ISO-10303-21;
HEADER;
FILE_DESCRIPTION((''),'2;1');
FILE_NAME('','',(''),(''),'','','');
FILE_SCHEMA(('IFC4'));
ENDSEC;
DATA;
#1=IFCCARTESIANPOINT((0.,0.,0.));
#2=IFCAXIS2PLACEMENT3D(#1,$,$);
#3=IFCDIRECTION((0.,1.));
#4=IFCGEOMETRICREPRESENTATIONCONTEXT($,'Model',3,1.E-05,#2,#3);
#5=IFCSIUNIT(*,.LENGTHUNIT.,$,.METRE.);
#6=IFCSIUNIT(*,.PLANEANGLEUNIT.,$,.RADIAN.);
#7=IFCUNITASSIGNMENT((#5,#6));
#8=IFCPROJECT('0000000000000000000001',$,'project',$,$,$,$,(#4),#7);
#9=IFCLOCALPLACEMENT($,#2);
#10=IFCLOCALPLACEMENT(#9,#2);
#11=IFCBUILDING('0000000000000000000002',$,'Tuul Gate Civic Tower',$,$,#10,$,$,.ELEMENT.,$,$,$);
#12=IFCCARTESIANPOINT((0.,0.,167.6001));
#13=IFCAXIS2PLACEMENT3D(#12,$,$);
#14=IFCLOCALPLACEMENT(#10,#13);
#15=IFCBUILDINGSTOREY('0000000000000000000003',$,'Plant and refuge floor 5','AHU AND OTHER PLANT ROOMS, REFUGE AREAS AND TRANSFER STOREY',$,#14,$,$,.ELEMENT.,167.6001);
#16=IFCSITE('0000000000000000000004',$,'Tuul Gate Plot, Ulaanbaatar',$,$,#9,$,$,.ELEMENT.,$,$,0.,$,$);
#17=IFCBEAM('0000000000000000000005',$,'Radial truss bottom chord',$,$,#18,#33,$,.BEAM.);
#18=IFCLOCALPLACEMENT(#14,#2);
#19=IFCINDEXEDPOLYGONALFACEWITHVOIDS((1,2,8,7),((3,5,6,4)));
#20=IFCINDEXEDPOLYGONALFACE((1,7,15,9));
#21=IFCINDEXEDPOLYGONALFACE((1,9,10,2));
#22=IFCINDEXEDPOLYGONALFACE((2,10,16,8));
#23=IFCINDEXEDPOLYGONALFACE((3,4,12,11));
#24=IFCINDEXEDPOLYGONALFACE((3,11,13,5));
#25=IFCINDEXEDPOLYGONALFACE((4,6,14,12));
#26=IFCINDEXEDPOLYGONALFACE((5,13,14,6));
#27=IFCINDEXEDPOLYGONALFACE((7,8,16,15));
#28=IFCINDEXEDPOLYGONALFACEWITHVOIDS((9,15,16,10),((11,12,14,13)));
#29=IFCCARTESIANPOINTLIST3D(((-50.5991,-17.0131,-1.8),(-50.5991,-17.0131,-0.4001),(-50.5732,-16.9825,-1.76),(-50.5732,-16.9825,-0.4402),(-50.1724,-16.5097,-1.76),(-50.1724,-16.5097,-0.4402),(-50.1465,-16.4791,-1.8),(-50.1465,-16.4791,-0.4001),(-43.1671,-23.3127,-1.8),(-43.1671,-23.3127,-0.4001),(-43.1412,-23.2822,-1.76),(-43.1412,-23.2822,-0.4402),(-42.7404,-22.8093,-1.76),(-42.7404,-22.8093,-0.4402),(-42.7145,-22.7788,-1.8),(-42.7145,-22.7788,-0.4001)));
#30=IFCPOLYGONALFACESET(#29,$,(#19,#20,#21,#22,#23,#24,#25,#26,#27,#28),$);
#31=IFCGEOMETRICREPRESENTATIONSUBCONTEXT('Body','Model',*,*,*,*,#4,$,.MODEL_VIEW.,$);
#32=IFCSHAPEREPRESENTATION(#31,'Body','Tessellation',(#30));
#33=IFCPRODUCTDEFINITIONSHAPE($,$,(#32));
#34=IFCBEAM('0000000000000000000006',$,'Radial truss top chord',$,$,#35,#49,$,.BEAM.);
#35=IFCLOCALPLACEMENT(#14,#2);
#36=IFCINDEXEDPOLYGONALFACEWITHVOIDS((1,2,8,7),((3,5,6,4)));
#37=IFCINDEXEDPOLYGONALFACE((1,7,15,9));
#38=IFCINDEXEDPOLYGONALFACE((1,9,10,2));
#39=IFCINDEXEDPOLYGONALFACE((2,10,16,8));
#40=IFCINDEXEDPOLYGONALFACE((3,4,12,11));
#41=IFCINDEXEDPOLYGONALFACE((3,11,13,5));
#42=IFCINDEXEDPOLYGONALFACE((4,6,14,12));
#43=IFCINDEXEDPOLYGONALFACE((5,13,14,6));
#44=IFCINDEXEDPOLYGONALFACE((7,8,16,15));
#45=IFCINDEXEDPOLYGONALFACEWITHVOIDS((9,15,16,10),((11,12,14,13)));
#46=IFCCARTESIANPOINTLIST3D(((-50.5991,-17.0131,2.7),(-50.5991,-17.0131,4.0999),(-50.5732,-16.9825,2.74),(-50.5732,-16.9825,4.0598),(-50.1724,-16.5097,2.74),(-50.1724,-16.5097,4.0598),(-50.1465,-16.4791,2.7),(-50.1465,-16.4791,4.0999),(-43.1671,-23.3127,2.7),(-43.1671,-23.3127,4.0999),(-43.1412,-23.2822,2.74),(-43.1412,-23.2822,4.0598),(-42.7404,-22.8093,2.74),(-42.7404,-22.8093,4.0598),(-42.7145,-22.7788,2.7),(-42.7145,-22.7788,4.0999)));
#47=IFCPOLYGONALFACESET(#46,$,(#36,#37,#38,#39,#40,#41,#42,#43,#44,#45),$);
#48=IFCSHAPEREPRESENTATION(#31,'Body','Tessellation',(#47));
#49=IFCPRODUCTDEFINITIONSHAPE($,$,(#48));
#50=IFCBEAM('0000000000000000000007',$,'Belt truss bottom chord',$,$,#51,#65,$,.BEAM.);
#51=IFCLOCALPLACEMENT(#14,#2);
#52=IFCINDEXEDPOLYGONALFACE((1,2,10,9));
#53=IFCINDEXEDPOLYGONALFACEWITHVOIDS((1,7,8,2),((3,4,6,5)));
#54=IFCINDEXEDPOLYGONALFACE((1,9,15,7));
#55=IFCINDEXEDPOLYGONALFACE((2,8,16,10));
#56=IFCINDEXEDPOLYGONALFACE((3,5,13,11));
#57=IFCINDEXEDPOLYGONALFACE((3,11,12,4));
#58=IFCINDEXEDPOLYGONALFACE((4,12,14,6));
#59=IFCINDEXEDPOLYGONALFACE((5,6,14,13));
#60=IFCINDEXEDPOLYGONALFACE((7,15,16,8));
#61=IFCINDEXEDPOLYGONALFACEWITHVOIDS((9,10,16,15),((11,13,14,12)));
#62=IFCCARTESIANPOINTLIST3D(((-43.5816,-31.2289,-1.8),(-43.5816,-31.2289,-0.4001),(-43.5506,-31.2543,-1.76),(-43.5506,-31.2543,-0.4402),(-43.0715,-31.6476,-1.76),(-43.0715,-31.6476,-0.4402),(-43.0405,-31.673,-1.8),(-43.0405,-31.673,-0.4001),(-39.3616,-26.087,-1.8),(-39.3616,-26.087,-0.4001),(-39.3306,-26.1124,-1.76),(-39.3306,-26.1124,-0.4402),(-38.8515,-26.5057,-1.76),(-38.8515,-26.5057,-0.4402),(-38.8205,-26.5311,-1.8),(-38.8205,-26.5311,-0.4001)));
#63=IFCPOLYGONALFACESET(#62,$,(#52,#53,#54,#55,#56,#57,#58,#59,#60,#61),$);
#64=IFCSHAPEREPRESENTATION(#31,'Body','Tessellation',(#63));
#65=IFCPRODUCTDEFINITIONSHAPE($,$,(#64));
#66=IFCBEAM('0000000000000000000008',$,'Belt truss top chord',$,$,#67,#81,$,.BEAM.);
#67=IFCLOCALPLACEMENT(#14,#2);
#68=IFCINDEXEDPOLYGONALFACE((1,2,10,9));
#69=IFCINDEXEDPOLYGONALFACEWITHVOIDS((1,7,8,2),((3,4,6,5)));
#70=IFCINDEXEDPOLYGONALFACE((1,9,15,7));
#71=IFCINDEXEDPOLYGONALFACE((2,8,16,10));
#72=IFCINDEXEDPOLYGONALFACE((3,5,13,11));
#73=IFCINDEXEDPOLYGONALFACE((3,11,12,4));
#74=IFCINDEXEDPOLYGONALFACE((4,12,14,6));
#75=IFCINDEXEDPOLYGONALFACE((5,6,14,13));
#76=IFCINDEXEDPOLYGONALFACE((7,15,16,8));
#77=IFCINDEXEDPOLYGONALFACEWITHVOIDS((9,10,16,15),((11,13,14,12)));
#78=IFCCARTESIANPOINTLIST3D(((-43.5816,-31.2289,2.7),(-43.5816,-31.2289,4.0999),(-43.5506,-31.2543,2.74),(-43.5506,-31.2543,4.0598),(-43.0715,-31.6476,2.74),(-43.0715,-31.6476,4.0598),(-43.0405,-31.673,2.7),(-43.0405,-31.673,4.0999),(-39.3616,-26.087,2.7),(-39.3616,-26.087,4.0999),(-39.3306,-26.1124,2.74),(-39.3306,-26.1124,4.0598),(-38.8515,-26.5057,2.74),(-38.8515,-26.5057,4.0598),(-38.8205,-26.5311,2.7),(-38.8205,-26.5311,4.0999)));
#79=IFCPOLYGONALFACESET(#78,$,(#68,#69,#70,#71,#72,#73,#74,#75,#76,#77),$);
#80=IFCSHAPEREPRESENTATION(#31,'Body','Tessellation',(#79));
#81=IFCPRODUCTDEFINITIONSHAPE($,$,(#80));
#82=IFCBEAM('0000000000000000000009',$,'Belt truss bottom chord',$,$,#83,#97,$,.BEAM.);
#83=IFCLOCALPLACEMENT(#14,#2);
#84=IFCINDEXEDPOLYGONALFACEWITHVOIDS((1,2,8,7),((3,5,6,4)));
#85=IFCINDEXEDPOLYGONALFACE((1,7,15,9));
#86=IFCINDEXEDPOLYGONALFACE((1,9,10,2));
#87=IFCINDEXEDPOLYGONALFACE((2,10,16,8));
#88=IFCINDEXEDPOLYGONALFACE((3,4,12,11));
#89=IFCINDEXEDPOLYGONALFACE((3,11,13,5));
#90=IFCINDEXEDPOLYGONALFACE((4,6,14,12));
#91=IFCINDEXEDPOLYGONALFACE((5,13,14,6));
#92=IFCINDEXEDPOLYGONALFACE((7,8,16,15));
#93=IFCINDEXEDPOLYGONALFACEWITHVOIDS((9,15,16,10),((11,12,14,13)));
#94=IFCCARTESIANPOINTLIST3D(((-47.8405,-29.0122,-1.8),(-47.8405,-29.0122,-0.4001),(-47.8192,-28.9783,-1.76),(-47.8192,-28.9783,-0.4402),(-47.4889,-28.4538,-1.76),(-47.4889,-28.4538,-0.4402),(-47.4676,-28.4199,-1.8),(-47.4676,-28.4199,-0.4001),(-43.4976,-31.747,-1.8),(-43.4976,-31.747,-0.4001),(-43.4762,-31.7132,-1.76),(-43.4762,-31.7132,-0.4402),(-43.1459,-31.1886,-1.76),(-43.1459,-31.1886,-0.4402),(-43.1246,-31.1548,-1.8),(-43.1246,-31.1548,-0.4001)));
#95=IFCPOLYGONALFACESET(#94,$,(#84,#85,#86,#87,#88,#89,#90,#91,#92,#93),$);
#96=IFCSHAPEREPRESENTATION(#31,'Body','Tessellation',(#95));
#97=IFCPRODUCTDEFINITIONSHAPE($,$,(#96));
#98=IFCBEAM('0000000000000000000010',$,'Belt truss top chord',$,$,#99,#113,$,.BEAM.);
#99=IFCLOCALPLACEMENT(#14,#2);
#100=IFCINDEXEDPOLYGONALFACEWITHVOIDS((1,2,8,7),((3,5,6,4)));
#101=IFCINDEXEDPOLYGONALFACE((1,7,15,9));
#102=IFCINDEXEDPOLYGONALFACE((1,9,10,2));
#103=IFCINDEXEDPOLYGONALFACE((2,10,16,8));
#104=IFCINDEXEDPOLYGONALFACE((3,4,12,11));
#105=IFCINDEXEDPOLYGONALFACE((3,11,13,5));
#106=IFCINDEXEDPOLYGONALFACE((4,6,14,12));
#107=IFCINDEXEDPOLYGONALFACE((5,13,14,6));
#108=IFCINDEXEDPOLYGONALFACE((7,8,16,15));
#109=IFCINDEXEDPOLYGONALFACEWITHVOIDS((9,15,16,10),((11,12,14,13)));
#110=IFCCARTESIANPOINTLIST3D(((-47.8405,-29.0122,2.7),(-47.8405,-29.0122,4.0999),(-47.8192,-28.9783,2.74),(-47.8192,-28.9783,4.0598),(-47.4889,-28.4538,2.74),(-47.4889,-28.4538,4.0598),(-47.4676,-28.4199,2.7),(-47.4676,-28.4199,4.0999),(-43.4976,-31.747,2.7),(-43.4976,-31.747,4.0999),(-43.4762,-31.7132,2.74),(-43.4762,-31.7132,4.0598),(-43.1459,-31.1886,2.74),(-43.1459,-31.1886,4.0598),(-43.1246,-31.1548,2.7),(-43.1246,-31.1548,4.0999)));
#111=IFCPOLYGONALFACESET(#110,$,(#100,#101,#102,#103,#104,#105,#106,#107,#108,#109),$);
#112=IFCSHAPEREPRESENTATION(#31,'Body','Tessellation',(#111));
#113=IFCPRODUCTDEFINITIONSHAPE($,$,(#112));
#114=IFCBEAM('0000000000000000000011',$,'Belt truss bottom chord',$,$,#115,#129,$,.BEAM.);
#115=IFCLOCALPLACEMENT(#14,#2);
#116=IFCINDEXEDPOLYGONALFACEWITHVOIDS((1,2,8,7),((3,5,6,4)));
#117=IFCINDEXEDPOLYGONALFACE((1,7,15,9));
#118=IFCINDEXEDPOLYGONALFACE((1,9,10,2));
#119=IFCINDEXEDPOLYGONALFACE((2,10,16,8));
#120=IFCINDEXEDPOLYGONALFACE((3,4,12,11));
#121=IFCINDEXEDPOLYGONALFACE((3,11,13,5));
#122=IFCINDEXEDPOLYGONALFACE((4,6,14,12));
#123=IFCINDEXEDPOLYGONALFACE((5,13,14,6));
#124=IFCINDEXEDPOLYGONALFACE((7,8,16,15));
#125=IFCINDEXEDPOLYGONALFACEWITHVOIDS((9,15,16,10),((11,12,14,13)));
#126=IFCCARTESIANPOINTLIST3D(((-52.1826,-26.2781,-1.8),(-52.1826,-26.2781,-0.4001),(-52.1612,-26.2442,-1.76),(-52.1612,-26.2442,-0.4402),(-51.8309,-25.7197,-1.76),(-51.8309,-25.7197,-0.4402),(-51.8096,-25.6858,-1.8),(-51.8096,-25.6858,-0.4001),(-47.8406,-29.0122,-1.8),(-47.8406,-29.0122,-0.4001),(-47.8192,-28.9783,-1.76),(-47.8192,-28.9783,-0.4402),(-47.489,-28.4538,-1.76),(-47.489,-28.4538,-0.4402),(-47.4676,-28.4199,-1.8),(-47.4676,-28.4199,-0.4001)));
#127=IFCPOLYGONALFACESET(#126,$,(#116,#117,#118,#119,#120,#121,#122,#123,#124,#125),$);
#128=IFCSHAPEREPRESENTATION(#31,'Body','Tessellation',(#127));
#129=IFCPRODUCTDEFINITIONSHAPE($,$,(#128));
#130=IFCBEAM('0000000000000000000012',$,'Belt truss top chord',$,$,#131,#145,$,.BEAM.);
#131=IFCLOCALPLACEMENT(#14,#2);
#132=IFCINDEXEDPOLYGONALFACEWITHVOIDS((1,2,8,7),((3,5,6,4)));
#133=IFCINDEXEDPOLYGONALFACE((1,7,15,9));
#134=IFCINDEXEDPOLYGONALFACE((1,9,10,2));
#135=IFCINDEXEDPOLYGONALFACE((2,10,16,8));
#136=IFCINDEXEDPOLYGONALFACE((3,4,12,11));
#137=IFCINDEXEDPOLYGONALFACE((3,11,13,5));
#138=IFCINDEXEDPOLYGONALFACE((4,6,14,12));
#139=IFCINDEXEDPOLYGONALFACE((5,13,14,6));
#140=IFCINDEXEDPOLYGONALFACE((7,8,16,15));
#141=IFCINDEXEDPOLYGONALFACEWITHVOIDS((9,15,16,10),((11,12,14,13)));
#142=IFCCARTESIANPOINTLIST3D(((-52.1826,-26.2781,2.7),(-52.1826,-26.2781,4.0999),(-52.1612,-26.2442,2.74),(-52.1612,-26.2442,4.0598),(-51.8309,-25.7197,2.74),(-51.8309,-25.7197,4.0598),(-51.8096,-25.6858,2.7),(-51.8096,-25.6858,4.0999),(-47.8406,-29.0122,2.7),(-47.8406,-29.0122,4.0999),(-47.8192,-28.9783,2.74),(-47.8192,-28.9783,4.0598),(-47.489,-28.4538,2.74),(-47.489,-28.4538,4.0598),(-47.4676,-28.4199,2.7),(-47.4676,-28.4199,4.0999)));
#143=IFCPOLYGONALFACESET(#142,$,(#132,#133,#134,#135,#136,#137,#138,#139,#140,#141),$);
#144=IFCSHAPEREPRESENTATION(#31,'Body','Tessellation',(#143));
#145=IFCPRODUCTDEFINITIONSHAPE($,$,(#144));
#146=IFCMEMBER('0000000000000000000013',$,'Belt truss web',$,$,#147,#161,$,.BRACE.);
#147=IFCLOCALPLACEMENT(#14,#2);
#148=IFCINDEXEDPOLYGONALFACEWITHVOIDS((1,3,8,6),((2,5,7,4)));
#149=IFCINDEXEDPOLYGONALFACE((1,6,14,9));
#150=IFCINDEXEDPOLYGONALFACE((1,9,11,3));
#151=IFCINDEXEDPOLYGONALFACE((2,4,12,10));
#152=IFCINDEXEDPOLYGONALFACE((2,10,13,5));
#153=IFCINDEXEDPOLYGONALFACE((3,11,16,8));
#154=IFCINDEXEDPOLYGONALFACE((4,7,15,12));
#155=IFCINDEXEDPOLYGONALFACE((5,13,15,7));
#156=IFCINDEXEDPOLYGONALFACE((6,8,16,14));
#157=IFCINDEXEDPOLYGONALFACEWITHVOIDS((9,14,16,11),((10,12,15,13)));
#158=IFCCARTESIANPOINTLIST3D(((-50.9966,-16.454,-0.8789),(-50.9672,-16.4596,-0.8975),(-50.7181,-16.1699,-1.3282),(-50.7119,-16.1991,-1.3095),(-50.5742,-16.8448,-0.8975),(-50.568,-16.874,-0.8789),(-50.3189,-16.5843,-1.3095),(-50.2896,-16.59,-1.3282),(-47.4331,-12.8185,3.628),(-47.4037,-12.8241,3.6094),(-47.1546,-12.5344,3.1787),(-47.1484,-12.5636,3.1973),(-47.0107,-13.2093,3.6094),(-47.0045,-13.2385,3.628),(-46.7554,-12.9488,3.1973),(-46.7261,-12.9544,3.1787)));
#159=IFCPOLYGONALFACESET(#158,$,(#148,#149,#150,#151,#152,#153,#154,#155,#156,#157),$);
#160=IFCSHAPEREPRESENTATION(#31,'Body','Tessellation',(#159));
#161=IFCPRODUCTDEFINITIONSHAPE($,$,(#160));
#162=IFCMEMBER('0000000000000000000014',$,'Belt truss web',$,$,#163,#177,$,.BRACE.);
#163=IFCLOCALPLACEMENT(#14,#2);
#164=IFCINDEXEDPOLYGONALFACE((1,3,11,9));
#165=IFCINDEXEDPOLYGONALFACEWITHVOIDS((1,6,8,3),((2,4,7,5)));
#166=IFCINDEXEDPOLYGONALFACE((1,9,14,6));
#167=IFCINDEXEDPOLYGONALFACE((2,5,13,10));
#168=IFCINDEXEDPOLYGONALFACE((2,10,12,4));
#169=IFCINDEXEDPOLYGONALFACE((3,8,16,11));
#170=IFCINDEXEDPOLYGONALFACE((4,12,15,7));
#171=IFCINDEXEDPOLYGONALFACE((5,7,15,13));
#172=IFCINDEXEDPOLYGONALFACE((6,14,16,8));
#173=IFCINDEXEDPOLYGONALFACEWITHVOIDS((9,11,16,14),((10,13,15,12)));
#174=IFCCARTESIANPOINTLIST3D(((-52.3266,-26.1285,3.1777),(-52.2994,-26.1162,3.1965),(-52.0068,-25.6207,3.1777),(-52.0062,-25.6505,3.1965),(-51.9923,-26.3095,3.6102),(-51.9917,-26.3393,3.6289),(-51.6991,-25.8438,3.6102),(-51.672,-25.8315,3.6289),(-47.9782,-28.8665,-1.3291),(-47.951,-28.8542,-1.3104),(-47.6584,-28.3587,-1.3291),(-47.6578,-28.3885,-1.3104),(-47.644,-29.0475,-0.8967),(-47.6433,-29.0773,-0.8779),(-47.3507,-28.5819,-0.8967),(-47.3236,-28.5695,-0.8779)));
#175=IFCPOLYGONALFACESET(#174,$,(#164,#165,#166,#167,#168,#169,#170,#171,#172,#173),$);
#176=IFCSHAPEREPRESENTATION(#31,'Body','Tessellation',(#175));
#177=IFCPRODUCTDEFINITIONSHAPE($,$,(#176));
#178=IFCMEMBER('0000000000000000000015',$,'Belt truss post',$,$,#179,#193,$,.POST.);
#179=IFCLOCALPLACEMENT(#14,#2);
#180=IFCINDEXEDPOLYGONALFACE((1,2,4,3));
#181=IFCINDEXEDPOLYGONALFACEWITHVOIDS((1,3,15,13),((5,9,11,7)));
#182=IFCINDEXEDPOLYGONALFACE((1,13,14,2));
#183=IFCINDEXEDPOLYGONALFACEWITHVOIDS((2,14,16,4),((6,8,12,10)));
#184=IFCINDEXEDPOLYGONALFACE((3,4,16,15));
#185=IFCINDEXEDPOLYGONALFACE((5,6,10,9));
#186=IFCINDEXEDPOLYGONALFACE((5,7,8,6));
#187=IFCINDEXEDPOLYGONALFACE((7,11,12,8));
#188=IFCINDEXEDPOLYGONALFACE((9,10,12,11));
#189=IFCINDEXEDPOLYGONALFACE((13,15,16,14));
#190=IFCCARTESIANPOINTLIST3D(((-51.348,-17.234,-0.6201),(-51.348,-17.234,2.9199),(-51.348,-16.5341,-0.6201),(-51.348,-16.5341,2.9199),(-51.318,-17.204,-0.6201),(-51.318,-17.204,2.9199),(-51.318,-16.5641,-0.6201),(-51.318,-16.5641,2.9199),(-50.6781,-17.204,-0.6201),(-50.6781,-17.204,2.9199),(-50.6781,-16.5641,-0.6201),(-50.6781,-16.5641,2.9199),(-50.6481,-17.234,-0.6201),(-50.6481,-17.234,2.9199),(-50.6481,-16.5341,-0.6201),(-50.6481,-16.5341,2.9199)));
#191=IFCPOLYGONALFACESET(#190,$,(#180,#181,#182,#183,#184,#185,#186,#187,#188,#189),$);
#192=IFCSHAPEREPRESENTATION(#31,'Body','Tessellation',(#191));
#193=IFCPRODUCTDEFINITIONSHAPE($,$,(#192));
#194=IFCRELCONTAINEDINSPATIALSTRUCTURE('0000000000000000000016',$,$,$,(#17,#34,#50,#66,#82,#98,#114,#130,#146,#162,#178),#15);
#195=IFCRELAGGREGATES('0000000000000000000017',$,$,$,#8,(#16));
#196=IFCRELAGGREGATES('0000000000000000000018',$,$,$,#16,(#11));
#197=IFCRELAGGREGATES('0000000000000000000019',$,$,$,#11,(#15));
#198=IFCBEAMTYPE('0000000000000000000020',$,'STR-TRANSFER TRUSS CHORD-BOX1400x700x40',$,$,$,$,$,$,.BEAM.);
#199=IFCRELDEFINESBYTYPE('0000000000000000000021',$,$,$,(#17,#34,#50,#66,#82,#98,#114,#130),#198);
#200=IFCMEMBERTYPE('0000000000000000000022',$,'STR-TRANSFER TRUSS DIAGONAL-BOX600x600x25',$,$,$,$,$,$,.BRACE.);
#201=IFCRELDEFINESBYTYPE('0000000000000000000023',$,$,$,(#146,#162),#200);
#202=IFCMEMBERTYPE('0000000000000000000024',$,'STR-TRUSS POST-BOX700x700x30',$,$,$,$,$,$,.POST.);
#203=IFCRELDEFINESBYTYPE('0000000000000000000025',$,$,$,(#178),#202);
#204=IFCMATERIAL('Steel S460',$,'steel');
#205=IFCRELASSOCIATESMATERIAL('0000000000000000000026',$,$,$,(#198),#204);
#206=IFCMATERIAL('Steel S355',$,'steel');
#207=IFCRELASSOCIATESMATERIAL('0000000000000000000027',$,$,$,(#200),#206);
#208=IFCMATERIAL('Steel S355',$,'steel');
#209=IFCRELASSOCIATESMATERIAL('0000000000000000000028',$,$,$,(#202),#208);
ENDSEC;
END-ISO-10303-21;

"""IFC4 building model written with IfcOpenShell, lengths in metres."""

from ifc_helpers import new_model, si_unit, direction, frame, origin, origin_2d, place, context, subcontext, project, spatial, hollow_rectangle, extrude, material, material_profile, profile_set, type_object, element, save


model = new_model("IFC4")

# Units and contexts
model_context = context("Model", 3, precision=1e-05, world=origin(), true_north=direction((0.0, 1.0)))
body_context = subcontext(model_context, "Body", "Model", "MODEL_VIEW")
ifc_project = project(units=[si_unit("LENGTHUNIT", "METRE"), si_unit("PLANEANGLEUNIT", "RADIAN")], contexts=[model_context])

# Site, building, storey
site_placement = place(None, origin())
site = spatial("IfcSite", under=ifc_project, at=site_placement, Name="Tuul Gate Plot, Ulaanbaatar", CompositionType="ELEMENT", RefElevation=0.0)
building_placement = place(site_placement, origin())
building = spatial("IfcBuilding", under=site, at=building_placement, Name="Tuul Gate Civic Tower", CompositionType="ELEMENT")
storey_placement = place(building_placement, frame((0.0, 0.0, 167.6001)))
storey = spatial("IfcBuildingStorey", under=building, at=storey_placement, Name="Plant and refuge floor 5", Description="AHU AND OTHER PLANT ROOMS, REFUGE AREAS AND TRANSFER STOREY", CompositionType="ELEMENT", Elevation=167.6001)

# Beams
ifc_material_1 = material(Name="Steel S460", Category="steel")
ifc_material_profile_1 = material_profile(ifc_material_1, hollow_rectangle(XDim=0.7, YDim=1.3999, WallThickness=0.04, at=origin_2d()), Name="BOX1400x700x40")
ifc_profile_set_1 = profile_set([ifc_material_profile_1], Name="Steel S460")
beam_type = type_object("IfcBeamType", Name="STR-TRANSFER TRUSS CHORD-BOX1400x700x40", PredefinedType="BEAM", material=ifc_profile_set_1)
for number, where, z_axis, x_axis, name in (
    (1, (-50.3728, -16.7461, -1.1001), (0.762827, -0.646603, 0.0), (0.646603, 0.762827, 0.0), "Radial truss bottom chord"),
    (2, (-50.3728, -16.7461, 3.3999), (0.762827, -0.646603, 0.0), (0.646603, 0.762827, 0.0), "Radial truss top chord"),
):
    element("IfcBeam", number, at=place(storey_placement, frame(where, z_axis=z_axis, x_axis=x_axis)), inside=storey, type_object=beam_type, Name=name, PredefinedType="BEAM", context=body_context, shape_type="SweptSolid", body=[
        extrude(hollow_rectangle(XDim=0.7, YDim=1.3999, WallThickness=0.04, at=origin_2d()), origin(), (0.0, 0.0, 1.0), 9.7427),
    ])
for number, where, z_axis, x_axis, name in (
    (3, (-43.311, -31.4509, -1.1001), (0.634408, 0.772998, 0.0), (-0.772998, 0.634408, 0.0), "Belt truss bottom chord"),
    (4, (-43.311, -31.4509, 3.3999), (0.634408, 0.772998, 0.0), (-0.772998, 0.634408, 0.0), "Belt truss top chord"),
):
    element("IfcBeam", number, at=place(storey_placement, frame(where, z_axis=z_axis, x_axis=x_axis)), inside=storey, type_object=beam_type, Name=name, PredefinedType="BEAM", context=body_context, shape_type="SweptSolid", body=[
        extrude(hollow_rectangle(XDim=0.7, YDim=1.3999, WallThickness=0.04, at=origin_2d()), origin(), (0.0, 0.0, 1.0), 6.6519),
    ])
for number, where, z_axis, x_axis, name in (
    (5, (-47.6541, -28.7161, -1.1001), (0.8462, -0.532865, 0.0), (0.532865, 0.8462, 0.0), "Belt truss bottom chord"),
    (6, (-47.6541, -28.7161, 3.3999), (0.8462, -0.532865, 0.0), (0.532865, 0.8462, 0.0), "Belt truss top chord"),
):
    element("IfcBeam", number, at=place(storey_placement, frame(where, z_axis=z_axis, x_axis=x_axis)), inside=storey, type_object=beam_type, Name=name, PredefinedType="BEAM", context=body_context, shape_type="SweptSolid", body=[
        extrude(hollow_rectangle(XDim=0.7, YDim=1.3999, WallThickness=0.04, at=origin_2d()), origin(), (0.0, 0.0, 1.0), 5.1323),
    ])
for number, where, z_axis, x_axis, name in (
    (7, (-51.9961, -25.9819, -1.1001), (0.846211, -0.532849, 0.0), (0.532849, 0.846211, 0.0), "Belt truss bottom chord"),
    (8, (-51.9961, -25.9819, 3.3999), (0.846211, -0.532849, 0.0), (0.532849, 0.846211, 0.0), "Belt truss top chord"),
):
    element("IfcBeam", number, at=place(storey_placement, frame(where, z_axis=z_axis, x_axis=x_axis)), inside=storey, type_object=beam_type, Name=name, PredefinedType="BEAM", context=body_context, shape_type="SweptSolid", body=[
        extrude(hollow_rectangle(XDim=0.7, YDim=1.3999, WallThickness=0.04, at=origin_2d()), origin(), (0.0, 0.0, 1.0), 5.1311),
    ])

# Members
ifc_material_2 = material(Name="Steel S355", Category="steel")
ifc_material_profile_2 = material_profile(ifc_material_2, hollow_rectangle(XDim=0.6001, YDim=0.6001, WallThickness=0.0249, at=origin_2d()), Name="BOX600x600x25")
ifc_profile_set_2 = profile_set([ifc_material_profile_2], Name="Steel S355")
member_type_1 = type_object("IfcMemberType", Name="STR-TRANSFER TRUSS DIAGONAL-BOX600x600x25", PredefinedType="BRACE", material=ifc_profile_set_2)
member_1_placement = place(storey_placement, frame((-50.6431, -16.522, -1.1035), z_axis=(0.524116, 0.534708, 0.662865), x_axis=(-0.714145, 0.699998, 0.0)))
element("IfcMember", 9, at=member_1_placement, inside=storey, type_object=member_type_1, Name="Belt truss web", PredefinedType="BRACE", context=body_context, shape_type="SweptSolid", body=[
    extrude(hollow_rectangle(XDim=0.6001, YDim=0.6001, WallThickness=0.0249, at=origin_2d()), origin(), (0.0, 0.0, 1.0), 6.7991),
])
member_2_placement = place(storey_placement, frame((-47.6509, -28.718, -1.1035), z_axis=(-0.636197, 0.400592, 0.659378), x_axis=(-0.532836, -0.846219, 0.0)))
element("IfcMember", 10, at=member_2_placement, inside=storey, type_object=member_type_1, Name="Belt truss web", PredefinedType="BRACE", context=body_context, shape_type="SweptSolid", body=[
    extrude(hollow_rectangle(XDim=0.6001, YDim=0.6001, WallThickness=0.0249, at=origin_2d()), origin(), (0.0, 0.0, 1.0), 6.835),
])
ifc_material_3 = material(Name="Steel S355", Category="steel")
ifc_material_profile_3 = material_profile(ifc_material_3, hollow_rectangle(XDim=0.7, YDim=0.7, WallThickness=0.03, at=origin_2d()), Name="BOX700x700x30")
ifc_profile_set_3 = profile_set([ifc_material_profile_3], Name="Steel S355")
member_type_2 = type_object("IfcMemberType", Name="STR-TRUSS POST-BOX700x700x30", PredefinedType="POST", material=ifc_profile_set_3)
for number, where, z_axis, x_axis, name in (
    (11, (-50.998, -16.884, -0.6201), (0.0, 0.0, 1.0), (1.0, 0.0, 0.0), "Belt truss post"),
):
    element("IfcMember", number, at=place(storey_placement, frame(where, z_axis=z_axis, x_axis=x_axis)), inside=storey, type_object=member_type_2, Name=name, PredefinedType="POST", context=body_context, shape_type="SweptSolid", body=[
        extrude(hollow_rectangle(XDim=0.7, YDim=0.7, WallThickness=0.03, at=origin_2d()), origin(), (0.0, 0.0, 1.0), 3.54),
    ])

save(model, "model.ifc")
